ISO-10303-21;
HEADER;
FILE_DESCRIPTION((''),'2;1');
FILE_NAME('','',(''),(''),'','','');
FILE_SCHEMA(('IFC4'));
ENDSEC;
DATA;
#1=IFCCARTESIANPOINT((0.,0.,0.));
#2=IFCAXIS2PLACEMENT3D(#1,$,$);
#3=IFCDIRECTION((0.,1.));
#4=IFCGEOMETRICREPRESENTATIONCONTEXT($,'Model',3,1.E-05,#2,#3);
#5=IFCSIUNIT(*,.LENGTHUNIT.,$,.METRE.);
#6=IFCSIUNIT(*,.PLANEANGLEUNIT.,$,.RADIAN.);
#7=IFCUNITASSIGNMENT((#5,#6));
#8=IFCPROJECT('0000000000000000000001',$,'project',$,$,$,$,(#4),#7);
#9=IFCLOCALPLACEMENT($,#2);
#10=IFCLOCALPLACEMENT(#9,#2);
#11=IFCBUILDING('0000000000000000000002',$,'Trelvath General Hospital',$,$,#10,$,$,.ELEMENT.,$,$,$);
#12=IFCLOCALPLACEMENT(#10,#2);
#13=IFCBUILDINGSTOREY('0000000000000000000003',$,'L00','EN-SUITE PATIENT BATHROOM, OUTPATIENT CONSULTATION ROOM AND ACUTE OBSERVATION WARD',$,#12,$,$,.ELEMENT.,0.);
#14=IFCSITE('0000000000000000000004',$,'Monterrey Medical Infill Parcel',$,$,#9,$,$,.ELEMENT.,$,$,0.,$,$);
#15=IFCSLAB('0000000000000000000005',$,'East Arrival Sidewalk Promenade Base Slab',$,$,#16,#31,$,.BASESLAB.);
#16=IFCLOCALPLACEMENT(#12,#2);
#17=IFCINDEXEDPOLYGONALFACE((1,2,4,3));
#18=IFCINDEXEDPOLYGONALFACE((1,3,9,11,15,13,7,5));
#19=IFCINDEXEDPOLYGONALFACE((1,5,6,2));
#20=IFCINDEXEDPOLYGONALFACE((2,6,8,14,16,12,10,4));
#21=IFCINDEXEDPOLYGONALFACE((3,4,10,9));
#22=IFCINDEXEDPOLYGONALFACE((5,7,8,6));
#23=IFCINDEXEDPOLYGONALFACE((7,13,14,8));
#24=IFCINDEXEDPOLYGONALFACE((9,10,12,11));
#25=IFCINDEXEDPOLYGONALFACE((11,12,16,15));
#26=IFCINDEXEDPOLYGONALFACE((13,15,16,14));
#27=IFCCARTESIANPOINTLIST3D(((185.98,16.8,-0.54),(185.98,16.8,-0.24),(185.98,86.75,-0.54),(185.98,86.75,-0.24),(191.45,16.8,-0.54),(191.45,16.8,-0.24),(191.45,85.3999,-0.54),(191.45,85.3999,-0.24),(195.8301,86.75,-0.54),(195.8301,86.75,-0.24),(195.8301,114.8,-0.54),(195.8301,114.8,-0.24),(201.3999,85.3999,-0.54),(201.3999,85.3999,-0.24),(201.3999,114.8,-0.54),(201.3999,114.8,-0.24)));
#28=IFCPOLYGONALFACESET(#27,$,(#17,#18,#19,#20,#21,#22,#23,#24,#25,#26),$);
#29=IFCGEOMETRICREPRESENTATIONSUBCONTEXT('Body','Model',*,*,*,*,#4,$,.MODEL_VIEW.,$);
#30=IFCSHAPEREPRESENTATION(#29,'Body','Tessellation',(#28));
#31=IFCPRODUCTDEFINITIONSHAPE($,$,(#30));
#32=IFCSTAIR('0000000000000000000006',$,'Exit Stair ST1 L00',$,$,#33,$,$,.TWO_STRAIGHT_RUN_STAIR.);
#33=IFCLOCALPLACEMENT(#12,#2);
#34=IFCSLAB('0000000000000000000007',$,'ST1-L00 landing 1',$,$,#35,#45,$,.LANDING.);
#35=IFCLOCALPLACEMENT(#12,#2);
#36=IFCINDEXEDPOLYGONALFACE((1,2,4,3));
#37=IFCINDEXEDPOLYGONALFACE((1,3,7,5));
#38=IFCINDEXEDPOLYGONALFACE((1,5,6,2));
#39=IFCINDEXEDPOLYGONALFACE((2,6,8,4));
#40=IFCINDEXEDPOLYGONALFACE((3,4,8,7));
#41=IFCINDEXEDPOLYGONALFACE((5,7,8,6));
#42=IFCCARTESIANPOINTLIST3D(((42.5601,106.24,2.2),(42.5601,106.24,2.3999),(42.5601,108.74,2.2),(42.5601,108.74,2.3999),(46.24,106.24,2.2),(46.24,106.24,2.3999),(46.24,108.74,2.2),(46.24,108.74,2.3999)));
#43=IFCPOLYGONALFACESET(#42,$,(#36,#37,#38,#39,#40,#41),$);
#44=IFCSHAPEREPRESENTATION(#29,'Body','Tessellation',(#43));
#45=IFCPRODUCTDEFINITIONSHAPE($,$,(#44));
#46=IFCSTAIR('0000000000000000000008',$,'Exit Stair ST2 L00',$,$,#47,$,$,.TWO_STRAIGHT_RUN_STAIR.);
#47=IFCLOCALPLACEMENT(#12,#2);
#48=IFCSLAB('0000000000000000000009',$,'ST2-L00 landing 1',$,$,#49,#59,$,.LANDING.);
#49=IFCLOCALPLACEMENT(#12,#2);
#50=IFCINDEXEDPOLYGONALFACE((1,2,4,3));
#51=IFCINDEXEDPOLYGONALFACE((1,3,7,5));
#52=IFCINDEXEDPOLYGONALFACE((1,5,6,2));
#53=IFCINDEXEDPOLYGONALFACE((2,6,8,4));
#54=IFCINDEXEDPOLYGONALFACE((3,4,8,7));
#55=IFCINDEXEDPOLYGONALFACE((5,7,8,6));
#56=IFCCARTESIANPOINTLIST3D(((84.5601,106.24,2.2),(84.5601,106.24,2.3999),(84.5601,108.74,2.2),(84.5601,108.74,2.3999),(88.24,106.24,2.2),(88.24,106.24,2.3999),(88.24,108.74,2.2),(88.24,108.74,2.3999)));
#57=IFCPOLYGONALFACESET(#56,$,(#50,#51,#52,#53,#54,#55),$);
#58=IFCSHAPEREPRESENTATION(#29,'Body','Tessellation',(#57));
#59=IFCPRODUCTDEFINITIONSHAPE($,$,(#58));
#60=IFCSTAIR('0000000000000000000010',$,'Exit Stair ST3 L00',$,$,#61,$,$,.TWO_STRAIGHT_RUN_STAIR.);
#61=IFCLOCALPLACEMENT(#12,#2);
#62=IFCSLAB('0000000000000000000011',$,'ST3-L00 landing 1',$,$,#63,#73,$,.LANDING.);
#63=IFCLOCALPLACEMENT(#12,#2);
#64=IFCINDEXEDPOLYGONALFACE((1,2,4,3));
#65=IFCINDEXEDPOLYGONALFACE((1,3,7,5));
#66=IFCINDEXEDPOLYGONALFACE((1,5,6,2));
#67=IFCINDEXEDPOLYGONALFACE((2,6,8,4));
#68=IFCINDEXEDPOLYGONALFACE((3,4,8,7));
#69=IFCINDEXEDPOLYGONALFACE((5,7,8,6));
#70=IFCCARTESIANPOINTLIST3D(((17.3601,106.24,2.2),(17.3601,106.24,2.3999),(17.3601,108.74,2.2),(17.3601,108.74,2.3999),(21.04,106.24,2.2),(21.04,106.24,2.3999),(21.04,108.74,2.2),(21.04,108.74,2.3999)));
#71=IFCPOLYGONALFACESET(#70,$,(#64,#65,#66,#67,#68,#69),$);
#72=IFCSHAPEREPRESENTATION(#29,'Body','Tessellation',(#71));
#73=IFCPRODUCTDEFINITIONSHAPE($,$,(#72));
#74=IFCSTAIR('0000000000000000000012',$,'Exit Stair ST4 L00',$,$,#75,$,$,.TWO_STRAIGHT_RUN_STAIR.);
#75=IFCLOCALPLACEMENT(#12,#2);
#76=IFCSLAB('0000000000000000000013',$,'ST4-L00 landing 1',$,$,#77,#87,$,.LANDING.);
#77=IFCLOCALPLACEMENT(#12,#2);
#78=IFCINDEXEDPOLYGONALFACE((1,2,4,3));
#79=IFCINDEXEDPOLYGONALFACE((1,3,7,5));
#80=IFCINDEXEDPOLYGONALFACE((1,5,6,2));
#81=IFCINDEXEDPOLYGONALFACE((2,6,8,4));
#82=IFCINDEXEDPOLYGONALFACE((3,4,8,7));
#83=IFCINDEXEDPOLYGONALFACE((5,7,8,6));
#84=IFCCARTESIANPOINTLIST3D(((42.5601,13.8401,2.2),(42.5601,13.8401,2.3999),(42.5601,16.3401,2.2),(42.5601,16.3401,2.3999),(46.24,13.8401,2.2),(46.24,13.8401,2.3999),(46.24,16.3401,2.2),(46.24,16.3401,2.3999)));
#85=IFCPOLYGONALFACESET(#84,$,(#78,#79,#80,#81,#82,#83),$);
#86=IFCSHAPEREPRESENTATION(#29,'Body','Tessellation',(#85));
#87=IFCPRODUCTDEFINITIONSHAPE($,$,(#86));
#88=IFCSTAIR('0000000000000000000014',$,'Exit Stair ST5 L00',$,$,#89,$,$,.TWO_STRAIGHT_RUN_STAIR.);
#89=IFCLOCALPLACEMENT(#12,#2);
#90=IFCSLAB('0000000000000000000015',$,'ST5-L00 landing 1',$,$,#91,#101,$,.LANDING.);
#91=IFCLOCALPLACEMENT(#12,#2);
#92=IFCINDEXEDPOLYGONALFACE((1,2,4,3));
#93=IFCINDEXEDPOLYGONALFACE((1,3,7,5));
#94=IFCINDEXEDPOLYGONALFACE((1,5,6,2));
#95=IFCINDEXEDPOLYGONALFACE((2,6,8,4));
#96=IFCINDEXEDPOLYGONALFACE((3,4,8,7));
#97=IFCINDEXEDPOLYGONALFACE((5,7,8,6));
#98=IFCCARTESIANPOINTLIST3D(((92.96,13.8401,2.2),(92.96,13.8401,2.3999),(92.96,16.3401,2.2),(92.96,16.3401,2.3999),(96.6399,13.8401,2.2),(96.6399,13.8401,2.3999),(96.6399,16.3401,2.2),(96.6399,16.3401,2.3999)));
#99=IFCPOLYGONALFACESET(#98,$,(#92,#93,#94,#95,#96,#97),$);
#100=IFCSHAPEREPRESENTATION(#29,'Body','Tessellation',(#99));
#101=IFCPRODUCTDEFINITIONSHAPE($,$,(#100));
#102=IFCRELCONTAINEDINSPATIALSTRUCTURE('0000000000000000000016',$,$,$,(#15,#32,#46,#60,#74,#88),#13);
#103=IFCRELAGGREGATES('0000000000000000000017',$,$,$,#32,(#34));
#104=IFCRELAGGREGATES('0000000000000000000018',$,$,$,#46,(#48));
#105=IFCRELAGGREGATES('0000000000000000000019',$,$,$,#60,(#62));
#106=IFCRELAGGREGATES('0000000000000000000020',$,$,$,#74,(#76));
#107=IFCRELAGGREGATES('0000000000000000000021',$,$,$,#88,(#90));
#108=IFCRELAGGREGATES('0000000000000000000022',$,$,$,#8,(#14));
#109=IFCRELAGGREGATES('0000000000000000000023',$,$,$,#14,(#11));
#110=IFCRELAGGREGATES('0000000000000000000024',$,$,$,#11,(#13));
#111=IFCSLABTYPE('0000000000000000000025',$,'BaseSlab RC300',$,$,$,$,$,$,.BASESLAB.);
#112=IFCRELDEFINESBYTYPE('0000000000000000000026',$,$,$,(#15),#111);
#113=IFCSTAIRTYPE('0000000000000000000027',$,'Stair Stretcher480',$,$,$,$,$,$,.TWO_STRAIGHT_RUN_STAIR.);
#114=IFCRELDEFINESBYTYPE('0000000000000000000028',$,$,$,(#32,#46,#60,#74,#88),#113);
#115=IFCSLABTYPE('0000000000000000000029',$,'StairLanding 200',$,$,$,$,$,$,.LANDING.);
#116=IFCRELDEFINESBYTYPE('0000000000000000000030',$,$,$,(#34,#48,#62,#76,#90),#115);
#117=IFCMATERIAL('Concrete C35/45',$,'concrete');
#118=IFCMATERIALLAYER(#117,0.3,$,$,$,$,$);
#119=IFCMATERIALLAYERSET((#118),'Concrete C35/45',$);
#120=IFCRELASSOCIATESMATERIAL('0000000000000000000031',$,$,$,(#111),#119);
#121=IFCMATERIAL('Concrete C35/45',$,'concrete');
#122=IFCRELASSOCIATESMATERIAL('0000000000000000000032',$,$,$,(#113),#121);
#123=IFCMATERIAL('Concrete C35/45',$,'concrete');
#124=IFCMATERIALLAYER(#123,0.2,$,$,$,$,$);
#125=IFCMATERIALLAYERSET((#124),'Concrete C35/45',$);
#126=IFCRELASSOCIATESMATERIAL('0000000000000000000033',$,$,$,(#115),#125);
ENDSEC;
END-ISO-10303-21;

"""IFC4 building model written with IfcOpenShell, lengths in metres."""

from ifc_helpers import new_model, si_unit, direction, frame, origin, place, context, subcontext, project, spatial, polyline, outline, extrude, material, layer, layer_set, type_object, element, aggregate, save


model = new_model("IFC4")

# Units and contexts
model_context = context("Model", 3, precision=1e-05, world=origin(), true_north=direction((0.0, 1.0)))
body_context = subcontext(model_context, "Body", "Model", "MODEL_VIEW")
ifc_project = project(units=[si_unit("LENGTHUNIT", "METRE"), si_unit("PLANEANGLEUNIT", "RADIAN")], contexts=[model_context])

# Site, building, storey
site_placement = place(None, origin())
site = spatial("IfcSite", under=ifc_project, at=site_placement, Name="Monterrey Medical Infill Parcel", CompositionType="ELEMENT", RefElevation=0.0)
building_placement = place(site_placement, origin())
building = spatial("IfcBuilding", under=site, at=building_placement, Name="Trelvath General Hospital", CompositionType="ELEMENT")
storey_placement = place(building_placement, origin())
storey = spatial("IfcBuildingStorey", under=building, at=storey_placement, Name="L00", Description="EN-SUITE PATIENT BATHROOM, OUTPATIENT CONSULTATION ROOM AND ACUTE OBSERVATION WARD", CompositionType="ELEMENT", Elevation=0.0)

# Slab
ifc_material_1 = material(Name="Concrete C35/45", Category="concrete")
ifc_layer_1 = layer(ifc_material_1, 0.3)
ifc_layer_set_1 = layer_set([ifc_layer_1], Name="Concrete C35/45")
slab_type_1 = type_object("IfcSlabType", Name="BaseSlab RC300", PredefinedType="BASESLAB", material=ifc_layer_set_1)
slab_1_placement = place(storey_placement, frame((0.0, 0.0, -0.54)))
element("IfcSlab", 1, at=slab_1_placement, inside=storey, type_object=slab_type_1, Name="East Arrival Sidewalk Promenade Base Slab", PredefinedType="BASESLAB", context=body_context, shape_type="SweptSolid", body=[
    extrude(outline(polyline([(185.98, 16.8), (191.45, 16.8), (191.45, 85.3999), (201.3999, 85.3999), (201.3999, 114.8), (195.8301, 114.8), (195.8301, 86.75), (185.98, 86.75), (185.98, 16.8)])), origin(), (0.0, 0.0, 1.0), 0.3),
])

# Stairs, slabs
ifc_material_2 = material(Name="Concrete C35/45", Category="concrete")
stair_type = type_object("IfcStairType", Name="Stair Stretcher480", PredefinedType="TWO_STRAIGHT_RUN_STAIR", material=ifc_material_2)
stair_1_placement = place(storey_placement, origin())
stair_1 = element("IfcStair", 2, at=stair_1_placement, inside=storey, type_object=stair_type, Name="Exit Stair ST1 L00", PredefinedType="TWO_STRAIGHT_RUN_STAIR")
ifc_material_3 = material(Name="Concrete C35/45", Category="concrete")
ifc_layer_2 = layer(ifc_material_3, 0.2)
ifc_layer_set_2 = layer_set([ifc_layer_2], Name="Concrete C35/45")
slab_type_2 = type_object("IfcSlabType", Name="StairLanding 200", PredefinedType="LANDING", material=ifc_layer_set_2)
slab_2_placement = place(storey_placement, frame((0.0, 0.0, 2.2)))
slab_2 = element("IfcSlab", 3, at=slab_2_placement, type_object=slab_type_2, Name="ST1-L00 landing 1", PredefinedType="LANDING", context=body_context, shape_type="SweptSolid", body=[
    extrude(outline(polyline([(42.5601, 106.24), (46.24, 106.24), (46.24, 108.74), (42.5601, 108.74), (42.5601, 106.24)])), origin(), (0.0, 0.0, 1.0), 0.2),
])
aggregate(stair_1, [slab_2])
stair_2_placement = place(storey_placement, origin())
stair_2 = element("IfcStair", 4, at=stair_2_placement, inside=storey, type_object=stair_type, Name="Exit Stair ST2 L00", PredefinedType="TWO_STRAIGHT_RUN_STAIR")
slab_3_placement = place(storey_placement, frame((0.0, 0.0, 2.2)))
slab_3 = element("IfcSlab", 5, at=slab_3_placement, type_object=slab_type_2, Name="ST2-L00 landing 1", PredefinedType="LANDING", context=body_context, shape_type="SweptSolid", body=[
    extrude(outline(polyline([(84.5601, 106.24), (88.24, 106.24), (88.24, 108.74), (84.5601, 108.74), (84.5601, 106.24)])), origin(), (0.0, 0.0, 1.0), 0.2),
])
aggregate(stair_2, [slab_3])
stair_3_placement = place(storey_placement, origin())
stair_3 = element("IfcStair", 6, at=stair_3_placement, inside=storey, type_object=stair_type, Name="Exit Stair ST3 L00", PredefinedType="TWO_STRAIGHT_RUN_STAIR")
slab_4_placement = place(storey_placement, frame((0.0, 0.0, 2.2)))
slab_4 = element("IfcSlab", 7, at=slab_4_placement, type_object=slab_type_2, Name="ST3-L00 landing 1", PredefinedType="LANDING", context=body_context, shape_type="SweptSolid", body=[
    extrude(outline(polyline([(17.3601, 106.24), (21.04, 106.24), (21.04, 108.74), (17.3601, 108.74), (17.3601, 106.24)])), origin(), (0.0, 0.0, 1.0), 0.2),
])
aggregate(stair_3, [slab_4])
stair_4_placement = place(storey_placement, origin())
stair_4 = element("IfcStair", 8, at=stair_4_placement, inside=storey, type_object=stair_type, Name="Exit Stair ST4 L00", PredefinedType="TWO_STRAIGHT_RUN_STAIR")
slab_5_placement = place(storey_placement, frame((0.0, 0.0, 2.2)))
slab_5 = element("IfcSlab", 9, at=slab_5_placement, type_object=slab_type_2, Name="ST4-L00 landing 1", PredefinedType="LANDING", context=body_context, shape_type="SweptSolid", body=[
    extrude(outline(polyline([(42.5601, 13.8401), (46.24, 13.8401), (46.24, 16.3401), (42.5601, 16.3401), (42.5601, 13.8401)])), origin(), (0.0, 0.0, 1.0), 0.2),
])
aggregate(stair_4, [slab_5])
stair_5_placement = place(storey_placement, origin())
stair_5 = element("IfcStair", 10, at=stair_5_placement, inside=storey, type_object=stair_type, Name="Exit Stair ST5 L00", PredefinedType="TWO_STRAIGHT_RUN_STAIR")
slab_6_placement = place(storey_placement, frame((0.0, 0.0, 2.2)))
slab_6 = element("IfcSlab", 11, at=slab_6_placement, type_object=slab_type_2, Name="ST5-L00 landing 1", PredefinedType="LANDING", context=body_context, shape_type="SweptSolid", body=[
    extrude(outline(polyline([(92.96, 13.8401), (96.6399, 13.8401), (96.6399, 16.3401), (92.96, 16.3401), (92.96, 13.8401)])), origin(), (0.0, 0.0, 1.0), 0.2),
])
aggregate(stair_5, [slab_6])

save(model, "model.ifc")
